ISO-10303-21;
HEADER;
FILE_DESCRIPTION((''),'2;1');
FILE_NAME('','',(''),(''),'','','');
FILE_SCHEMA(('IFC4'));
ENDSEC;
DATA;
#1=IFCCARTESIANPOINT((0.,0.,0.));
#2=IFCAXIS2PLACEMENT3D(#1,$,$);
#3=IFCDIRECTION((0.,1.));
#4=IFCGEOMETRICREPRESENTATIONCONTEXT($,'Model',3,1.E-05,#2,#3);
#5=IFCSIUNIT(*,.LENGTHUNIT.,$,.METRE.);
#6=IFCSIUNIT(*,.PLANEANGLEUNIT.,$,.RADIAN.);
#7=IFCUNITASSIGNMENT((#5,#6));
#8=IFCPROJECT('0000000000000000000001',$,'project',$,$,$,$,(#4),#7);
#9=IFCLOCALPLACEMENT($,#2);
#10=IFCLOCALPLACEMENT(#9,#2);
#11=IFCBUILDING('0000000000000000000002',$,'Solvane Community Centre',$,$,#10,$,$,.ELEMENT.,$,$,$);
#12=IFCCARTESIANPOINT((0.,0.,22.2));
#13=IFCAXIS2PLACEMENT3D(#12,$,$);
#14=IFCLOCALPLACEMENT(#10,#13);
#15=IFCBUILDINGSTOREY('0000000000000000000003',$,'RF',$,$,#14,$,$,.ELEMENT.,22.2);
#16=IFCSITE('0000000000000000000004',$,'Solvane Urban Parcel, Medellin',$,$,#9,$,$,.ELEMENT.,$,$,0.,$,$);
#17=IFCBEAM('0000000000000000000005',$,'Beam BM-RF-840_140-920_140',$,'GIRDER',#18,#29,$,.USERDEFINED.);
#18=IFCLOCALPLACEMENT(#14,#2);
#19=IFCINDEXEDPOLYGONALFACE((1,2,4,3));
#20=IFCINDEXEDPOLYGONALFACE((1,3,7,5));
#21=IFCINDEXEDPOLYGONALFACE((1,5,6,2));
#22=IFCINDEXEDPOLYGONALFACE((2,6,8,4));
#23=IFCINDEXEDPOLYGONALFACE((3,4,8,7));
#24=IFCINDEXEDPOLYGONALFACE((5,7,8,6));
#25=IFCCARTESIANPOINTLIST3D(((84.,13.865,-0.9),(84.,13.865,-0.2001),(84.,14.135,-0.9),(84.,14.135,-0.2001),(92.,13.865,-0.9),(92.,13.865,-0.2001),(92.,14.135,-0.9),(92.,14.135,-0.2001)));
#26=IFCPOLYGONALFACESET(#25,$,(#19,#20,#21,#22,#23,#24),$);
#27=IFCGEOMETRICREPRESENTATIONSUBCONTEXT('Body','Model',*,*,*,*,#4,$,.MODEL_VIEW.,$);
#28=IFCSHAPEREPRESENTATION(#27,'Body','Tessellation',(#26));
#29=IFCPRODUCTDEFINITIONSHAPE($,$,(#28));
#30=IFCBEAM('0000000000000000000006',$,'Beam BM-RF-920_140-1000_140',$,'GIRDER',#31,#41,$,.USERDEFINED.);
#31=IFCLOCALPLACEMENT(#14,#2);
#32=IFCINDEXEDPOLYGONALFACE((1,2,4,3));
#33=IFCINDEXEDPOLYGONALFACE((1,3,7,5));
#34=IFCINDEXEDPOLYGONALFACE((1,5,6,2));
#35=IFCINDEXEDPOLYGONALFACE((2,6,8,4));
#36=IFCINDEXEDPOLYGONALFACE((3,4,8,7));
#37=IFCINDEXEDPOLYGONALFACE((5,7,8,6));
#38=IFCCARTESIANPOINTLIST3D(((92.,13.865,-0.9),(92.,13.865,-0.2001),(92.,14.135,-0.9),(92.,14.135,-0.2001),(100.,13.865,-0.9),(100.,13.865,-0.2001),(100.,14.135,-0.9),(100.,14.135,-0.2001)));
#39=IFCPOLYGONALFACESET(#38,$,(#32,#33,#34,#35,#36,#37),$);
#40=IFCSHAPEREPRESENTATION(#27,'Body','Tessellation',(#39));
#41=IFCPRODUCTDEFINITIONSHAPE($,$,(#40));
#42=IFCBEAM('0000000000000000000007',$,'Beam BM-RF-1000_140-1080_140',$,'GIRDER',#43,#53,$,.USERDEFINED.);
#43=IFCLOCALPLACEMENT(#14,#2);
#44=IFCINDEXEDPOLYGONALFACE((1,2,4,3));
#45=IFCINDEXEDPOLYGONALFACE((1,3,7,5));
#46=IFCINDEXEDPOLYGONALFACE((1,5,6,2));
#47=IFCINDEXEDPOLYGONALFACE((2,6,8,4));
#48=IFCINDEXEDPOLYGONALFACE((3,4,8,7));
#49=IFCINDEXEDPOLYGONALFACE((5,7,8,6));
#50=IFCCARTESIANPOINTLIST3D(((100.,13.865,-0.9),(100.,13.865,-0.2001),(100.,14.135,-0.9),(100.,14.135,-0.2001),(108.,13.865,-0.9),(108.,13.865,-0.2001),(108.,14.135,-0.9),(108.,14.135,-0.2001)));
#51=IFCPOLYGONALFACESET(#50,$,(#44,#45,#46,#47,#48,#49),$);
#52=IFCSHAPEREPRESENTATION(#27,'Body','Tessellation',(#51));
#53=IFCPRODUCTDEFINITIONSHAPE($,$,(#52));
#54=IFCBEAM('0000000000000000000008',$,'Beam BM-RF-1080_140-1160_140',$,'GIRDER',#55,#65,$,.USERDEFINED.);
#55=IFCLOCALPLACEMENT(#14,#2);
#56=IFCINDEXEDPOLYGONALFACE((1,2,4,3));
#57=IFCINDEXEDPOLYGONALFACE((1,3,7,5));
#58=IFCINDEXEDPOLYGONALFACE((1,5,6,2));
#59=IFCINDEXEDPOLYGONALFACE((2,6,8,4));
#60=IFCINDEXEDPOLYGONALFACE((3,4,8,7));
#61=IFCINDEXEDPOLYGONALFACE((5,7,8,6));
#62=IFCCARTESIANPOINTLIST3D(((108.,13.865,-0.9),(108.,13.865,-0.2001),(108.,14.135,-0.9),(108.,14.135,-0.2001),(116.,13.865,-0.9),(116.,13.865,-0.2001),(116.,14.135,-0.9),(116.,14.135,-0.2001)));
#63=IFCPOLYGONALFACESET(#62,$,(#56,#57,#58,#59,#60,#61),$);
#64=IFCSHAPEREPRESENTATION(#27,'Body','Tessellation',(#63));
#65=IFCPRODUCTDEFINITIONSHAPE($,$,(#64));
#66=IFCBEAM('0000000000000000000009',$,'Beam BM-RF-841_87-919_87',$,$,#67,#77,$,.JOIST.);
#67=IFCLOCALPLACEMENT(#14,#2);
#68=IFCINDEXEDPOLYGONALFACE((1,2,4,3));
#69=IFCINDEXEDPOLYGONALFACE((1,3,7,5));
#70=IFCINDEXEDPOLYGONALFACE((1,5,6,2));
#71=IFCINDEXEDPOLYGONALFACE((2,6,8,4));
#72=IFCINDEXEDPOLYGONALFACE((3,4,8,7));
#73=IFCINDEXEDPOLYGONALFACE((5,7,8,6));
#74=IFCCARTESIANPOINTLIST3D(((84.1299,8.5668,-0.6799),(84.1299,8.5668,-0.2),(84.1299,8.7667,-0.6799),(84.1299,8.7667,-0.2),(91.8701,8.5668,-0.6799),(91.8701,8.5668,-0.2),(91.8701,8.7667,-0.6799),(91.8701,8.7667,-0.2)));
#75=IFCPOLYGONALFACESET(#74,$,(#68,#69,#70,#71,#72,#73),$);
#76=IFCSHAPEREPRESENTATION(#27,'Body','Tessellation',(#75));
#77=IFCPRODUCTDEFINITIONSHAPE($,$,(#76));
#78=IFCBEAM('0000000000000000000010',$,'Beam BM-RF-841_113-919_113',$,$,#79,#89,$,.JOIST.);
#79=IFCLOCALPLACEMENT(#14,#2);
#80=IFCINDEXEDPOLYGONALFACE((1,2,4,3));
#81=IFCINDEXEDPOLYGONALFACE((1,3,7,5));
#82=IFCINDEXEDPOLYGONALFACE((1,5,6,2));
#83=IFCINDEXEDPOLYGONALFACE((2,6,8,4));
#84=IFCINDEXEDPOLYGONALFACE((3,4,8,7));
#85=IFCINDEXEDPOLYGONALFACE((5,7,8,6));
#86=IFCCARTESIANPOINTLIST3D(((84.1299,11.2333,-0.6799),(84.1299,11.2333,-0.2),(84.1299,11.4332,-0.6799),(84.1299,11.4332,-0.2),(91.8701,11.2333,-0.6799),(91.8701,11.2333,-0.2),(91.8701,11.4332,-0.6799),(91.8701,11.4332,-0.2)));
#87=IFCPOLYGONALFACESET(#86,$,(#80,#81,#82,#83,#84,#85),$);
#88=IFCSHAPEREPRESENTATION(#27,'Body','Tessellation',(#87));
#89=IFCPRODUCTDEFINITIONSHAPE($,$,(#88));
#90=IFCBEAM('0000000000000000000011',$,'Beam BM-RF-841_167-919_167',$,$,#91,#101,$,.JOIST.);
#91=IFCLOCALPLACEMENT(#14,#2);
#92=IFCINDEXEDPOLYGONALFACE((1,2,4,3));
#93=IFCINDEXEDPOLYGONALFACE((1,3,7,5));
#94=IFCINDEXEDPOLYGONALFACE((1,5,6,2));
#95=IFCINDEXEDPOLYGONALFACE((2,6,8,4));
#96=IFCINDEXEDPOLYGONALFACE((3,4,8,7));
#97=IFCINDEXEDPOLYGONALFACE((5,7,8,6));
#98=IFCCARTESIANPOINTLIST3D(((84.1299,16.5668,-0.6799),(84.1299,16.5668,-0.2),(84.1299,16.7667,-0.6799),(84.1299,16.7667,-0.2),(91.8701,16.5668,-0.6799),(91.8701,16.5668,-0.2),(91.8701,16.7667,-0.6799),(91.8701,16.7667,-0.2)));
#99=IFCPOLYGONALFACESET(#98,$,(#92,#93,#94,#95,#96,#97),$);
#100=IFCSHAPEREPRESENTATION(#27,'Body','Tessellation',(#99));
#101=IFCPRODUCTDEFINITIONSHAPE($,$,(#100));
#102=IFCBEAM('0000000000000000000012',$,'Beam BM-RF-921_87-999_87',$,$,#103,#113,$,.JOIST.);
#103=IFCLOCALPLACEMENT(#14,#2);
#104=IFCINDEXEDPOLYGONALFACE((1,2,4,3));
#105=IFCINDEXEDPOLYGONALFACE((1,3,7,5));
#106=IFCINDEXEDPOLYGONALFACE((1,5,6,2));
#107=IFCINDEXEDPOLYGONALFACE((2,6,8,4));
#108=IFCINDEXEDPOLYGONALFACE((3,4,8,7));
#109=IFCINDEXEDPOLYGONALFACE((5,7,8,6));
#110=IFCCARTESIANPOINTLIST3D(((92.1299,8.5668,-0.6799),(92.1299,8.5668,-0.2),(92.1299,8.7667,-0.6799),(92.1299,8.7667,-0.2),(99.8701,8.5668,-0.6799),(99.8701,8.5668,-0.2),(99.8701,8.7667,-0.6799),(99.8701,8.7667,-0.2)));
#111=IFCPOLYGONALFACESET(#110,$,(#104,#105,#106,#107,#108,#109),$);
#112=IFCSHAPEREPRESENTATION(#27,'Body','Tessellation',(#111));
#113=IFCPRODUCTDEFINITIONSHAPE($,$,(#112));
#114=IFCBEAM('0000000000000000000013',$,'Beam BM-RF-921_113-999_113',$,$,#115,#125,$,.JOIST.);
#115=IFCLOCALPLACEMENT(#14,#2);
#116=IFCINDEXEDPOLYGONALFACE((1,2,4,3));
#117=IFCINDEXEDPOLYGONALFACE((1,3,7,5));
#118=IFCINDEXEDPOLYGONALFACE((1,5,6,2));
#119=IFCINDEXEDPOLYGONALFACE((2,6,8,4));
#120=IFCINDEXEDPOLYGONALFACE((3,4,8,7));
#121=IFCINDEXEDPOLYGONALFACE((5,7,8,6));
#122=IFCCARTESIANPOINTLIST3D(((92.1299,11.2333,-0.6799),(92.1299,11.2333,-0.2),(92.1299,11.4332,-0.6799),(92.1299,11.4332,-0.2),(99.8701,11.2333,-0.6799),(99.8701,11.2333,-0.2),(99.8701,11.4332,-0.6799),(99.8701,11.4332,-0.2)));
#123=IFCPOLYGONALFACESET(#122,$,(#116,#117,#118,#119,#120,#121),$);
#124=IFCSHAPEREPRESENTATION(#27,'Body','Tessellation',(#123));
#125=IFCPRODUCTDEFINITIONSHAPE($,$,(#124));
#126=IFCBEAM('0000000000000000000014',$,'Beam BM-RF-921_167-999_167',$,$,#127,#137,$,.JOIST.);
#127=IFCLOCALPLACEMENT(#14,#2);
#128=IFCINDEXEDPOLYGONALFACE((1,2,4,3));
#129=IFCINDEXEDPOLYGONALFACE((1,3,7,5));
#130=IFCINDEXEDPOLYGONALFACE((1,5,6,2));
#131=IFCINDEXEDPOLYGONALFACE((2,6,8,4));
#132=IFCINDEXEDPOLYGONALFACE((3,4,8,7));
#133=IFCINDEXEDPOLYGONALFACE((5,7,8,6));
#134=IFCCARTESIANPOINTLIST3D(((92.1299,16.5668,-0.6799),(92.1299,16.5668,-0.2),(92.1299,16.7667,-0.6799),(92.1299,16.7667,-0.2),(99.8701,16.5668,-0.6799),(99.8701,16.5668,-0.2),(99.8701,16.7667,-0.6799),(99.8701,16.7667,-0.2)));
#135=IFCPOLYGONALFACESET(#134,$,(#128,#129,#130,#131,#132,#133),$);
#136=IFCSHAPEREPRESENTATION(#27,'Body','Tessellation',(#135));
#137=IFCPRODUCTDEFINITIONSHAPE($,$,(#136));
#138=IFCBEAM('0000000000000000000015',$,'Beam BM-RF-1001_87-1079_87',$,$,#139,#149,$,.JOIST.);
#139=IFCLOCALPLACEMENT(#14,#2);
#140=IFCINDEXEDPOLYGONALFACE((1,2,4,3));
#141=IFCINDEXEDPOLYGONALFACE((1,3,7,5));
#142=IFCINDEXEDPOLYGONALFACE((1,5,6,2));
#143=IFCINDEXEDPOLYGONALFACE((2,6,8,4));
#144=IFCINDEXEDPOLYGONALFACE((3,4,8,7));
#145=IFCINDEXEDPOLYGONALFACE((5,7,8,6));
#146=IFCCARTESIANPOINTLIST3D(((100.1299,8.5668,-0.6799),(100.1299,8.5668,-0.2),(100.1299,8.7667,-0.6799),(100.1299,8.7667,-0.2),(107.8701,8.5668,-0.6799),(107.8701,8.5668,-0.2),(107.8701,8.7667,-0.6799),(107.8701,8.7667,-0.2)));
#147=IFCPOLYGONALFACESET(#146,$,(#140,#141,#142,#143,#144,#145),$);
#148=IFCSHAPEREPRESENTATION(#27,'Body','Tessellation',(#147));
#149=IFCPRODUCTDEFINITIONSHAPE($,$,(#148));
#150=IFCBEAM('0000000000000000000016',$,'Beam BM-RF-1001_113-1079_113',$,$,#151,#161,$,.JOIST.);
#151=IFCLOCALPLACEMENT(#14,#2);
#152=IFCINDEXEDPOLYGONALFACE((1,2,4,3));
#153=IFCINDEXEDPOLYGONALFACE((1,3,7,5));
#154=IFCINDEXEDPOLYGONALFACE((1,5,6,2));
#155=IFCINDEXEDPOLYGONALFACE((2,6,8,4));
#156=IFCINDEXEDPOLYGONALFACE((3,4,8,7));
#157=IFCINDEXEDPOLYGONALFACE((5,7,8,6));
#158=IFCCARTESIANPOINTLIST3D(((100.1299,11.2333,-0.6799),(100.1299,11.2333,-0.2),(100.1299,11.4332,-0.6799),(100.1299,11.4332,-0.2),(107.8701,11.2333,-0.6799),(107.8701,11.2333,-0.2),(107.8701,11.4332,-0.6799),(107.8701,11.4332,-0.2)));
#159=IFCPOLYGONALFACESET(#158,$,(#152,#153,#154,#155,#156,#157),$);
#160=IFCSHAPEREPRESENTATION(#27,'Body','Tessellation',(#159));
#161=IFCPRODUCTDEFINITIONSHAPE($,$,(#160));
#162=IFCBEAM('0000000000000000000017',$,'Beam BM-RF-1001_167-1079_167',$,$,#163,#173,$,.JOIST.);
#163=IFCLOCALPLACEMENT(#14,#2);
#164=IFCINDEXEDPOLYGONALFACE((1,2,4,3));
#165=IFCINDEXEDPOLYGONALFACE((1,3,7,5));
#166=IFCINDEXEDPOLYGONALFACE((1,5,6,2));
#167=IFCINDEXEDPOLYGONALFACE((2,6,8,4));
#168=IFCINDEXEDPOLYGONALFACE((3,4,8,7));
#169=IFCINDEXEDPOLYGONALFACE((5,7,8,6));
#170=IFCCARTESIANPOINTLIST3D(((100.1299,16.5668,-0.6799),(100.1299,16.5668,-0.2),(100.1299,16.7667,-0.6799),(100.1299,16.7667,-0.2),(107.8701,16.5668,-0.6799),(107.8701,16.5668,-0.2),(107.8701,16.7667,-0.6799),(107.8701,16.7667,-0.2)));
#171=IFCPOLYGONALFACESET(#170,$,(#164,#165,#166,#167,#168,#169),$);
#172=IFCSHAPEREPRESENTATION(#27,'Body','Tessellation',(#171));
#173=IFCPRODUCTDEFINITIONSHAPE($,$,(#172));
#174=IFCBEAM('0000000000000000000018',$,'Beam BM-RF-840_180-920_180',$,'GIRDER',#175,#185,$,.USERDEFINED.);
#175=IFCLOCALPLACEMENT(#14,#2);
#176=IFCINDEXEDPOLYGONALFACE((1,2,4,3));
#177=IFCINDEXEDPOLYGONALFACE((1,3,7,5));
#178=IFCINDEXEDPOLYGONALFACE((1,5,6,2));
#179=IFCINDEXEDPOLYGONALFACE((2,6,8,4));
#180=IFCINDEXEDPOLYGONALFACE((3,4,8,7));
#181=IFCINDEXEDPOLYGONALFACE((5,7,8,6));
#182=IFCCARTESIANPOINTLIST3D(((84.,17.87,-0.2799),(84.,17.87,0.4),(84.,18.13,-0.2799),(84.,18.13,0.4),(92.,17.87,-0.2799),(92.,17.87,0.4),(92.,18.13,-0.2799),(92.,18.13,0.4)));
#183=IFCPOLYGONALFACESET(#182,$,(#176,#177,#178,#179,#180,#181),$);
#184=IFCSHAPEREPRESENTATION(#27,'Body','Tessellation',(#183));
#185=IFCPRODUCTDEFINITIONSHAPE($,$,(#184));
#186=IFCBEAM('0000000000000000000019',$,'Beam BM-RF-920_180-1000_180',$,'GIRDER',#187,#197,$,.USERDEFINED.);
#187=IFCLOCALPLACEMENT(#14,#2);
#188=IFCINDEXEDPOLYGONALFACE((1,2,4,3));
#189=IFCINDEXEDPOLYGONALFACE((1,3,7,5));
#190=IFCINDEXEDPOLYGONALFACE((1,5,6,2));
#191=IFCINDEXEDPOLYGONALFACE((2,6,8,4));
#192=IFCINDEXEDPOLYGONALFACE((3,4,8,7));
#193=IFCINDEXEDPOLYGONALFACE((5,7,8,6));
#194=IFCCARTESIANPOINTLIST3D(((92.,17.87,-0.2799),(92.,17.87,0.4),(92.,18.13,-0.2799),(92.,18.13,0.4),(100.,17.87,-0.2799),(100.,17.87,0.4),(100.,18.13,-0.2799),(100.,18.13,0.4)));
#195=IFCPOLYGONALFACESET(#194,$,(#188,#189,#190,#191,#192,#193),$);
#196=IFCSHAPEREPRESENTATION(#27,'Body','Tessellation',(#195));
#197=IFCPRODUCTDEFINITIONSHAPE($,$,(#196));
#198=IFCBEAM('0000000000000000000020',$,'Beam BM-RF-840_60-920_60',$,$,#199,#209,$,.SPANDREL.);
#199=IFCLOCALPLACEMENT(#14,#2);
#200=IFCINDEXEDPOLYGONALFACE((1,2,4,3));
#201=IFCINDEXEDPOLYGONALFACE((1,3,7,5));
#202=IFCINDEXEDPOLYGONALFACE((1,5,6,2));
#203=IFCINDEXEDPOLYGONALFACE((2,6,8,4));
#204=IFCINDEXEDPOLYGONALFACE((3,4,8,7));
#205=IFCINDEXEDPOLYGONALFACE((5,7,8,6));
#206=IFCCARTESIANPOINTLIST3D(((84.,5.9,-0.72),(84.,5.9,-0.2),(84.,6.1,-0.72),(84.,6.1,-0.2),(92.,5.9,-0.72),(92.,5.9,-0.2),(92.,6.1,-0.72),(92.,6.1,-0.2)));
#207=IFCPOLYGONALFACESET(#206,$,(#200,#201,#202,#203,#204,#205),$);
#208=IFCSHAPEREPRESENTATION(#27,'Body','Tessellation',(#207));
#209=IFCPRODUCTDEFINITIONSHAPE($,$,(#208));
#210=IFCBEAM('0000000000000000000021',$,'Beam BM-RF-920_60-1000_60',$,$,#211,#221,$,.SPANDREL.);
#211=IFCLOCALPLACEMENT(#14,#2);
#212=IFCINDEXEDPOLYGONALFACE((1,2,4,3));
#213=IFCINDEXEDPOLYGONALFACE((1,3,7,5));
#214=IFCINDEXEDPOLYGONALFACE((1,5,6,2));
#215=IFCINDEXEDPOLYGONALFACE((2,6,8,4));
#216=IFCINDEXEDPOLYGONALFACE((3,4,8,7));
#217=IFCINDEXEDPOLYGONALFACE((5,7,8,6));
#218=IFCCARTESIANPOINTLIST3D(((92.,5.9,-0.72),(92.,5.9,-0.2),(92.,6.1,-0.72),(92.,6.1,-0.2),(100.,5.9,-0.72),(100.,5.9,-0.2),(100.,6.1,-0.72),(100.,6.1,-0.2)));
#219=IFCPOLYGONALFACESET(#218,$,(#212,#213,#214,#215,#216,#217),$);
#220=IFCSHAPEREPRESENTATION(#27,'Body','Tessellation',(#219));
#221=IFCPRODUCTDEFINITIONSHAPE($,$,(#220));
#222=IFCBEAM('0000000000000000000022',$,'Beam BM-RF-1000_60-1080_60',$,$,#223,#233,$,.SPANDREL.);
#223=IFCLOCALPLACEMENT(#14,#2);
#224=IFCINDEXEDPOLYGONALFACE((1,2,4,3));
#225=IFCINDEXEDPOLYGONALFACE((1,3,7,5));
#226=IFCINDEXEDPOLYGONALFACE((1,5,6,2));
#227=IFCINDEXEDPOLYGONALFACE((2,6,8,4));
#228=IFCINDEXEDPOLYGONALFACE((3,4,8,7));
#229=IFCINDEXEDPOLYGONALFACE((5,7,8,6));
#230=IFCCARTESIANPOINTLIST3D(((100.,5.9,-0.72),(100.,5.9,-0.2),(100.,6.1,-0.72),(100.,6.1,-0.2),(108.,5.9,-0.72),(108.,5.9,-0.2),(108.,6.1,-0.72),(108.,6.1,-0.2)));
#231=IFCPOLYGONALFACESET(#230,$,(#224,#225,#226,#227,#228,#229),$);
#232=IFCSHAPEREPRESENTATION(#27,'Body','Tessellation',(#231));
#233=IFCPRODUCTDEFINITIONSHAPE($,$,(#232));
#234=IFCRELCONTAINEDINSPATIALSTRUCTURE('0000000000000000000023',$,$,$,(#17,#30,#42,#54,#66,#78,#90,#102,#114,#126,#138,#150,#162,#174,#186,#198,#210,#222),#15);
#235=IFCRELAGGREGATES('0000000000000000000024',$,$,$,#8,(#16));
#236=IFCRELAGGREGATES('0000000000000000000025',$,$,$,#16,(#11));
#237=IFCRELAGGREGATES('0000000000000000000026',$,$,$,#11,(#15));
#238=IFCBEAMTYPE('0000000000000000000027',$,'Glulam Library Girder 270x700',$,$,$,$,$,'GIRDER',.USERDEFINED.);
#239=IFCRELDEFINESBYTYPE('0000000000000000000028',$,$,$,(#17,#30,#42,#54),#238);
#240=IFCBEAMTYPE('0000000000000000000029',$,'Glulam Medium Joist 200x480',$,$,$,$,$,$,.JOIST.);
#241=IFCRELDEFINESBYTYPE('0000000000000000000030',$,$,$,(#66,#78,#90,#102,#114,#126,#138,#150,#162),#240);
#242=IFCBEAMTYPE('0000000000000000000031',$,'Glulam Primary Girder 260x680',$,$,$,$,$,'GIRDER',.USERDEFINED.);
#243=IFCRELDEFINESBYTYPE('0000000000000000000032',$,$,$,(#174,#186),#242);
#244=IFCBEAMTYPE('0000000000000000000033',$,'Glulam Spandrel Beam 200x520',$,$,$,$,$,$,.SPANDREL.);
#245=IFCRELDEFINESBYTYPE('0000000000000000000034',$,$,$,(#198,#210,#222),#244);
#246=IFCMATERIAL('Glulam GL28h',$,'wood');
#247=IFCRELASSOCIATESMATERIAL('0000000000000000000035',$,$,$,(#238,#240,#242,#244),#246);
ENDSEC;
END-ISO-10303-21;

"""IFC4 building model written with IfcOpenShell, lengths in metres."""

from ifc_helpers import new_model, si_unit, direction, frame, origin, origin_2d, place, context, subcontext, project, spatial, rectangle, extrude, material, material_profile, profile_set, type_object, element, save


model = new_model("IFC4")

# Units and contexts
model_context = context("Model", 3, precision=1e-05, world=origin(), true_north=direction((0.0, 1.0)))
body_context = subcontext(model_context, "Body", "Model", "MODEL_VIEW")
ifc_project = project(units=[si_unit("LENGTHUNIT", "METRE"), si_unit("PLANEANGLEUNIT", "RADIAN")], contexts=[model_context])

# Site, building, storey
site_placement = place(None, origin())
site = spatial("IfcSite", under=ifc_project, at=site_placement, Name="Solvane Urban Parcel, Medellin", CompositionType="ELEMENT", RefElevation=0.0)
building_placement = place(site_placement, origin())
building = spatial("IfcBuilding", under=site, at=building_placement, Name="Solvane Community Centre", CompositionType="ELEMENT")
storey_placement = place(building_placement, frame((0.0, 0.0, 22.2)))
storey = spatial("IfcBuildingStorey", under=building, at=storey_placement, Name="RF", CompositionType="ELEMENT", Elevation=22.2)

# Beams
ifc_material_1 = material(Name="Glulam GL28h", Category="wood")
ifc_material_profile_1 = material_profile(ifc_material_1, rectangle(XDim=0.27, YDim=0.7, at=origin_2d()), Name="GL28h 270x700")
ifc_profile_set_1 = profile_set([ifc_material_profile_1], Name="Glulam GL28h")
beam_type_1 = type_object("IfcBeamType", Name="Glulam Library Girder 270x700", ElementType="GIRDER", PredefinedType="USERDEFINED", material=ifc_profile_set_1)
for number, where, z_axis, x_axis, name in (
    (1, (84.0, 14.0, -0.55), (1.0, 0.0, 0.0), (0.0, 1.0, 0.0), "Beam BM-RF-840_140-920_140"),
    (2, (92.0, 14.0, -0.55), (1.0, 0.0, 0.0), (0.0, 1.0, 0.0), "Beam BM-RF-920_140-1000_140"),
    (3, (100.0, 14.0, -0.55), (1.0, 0.0, 0.0), (0.0, 1.0, 0.0), "Beam BM-RF-1000_140-1080_140"),
    (4, (108.0, 14.0, -0.55), (1.0, 0.0, 0.0), (0.0, 1.0, 0.0), "Beam BM-RF-1080_140-1160_140"),
):
    element("IfcBeam", number, at=place(storey_placement, frame(where, z_axis=z_axis, x_axis=x_axis)), inside=storey, type_object=beam_type_1, Name=name, ObjectType="GIRDER", PredefinedType="USERDEFINED", context=body_context, shape_type="SweptSolid", body=[
        extrude(rectangle(XDim=0.27, YDim=0.7, at=origin_2d()), origin(), (0.0, 0.0, 1.0), 8.0),
    ])
ifc_material_profile_2 = material_profile(ifc_material_1, rectangle(XDim=0.2, YDim=0.48, at=origin_2d()), Name="GL28h 200x480")
ifc_profile_set_2 = profile_set([ifc_material_profile_2], Name="Glulam GL28h")
beam_type_2 = type_object("IfcBeamType", Name="Glulam Medium Joist 200x480", PredefinedType="JOIST", material=ifc_profile_set_2)
for number, where, z_axis, x_axis, name in (
    (5, (84.1299, 8.6667, -0.4399), (1.0, 0.0, 0.0), (0.0, 1.0, 0.0), "Beam BM-RF-841_87-919_87"),
    (6, (84.1299, 11.3333, -0.4399), (1.0, 0.0, 0.0), (0.0, 1.0, 0.0), "Beam BM-RF-841_113-919_113"),
    (7, (84.1299, 16.6667, -0.4399), (1.0, 0.0, 0.0), (0.0, 1.0, 0.0), "Beam BM-RF-841_167-919_167"),
    (8, (92.1299, 8.6667, -0.4399), (1.0, 0.0, 0.0), (0.0, 1.0, 0.0), "Beam BM-RF-921_87-999_87"),
    (9, (92.1299, 11.3333, -0.4399), (1.0, 0.0, 0.0), (0.0, 1.0, 0.0), "Beam BM-RF-921_113-999_113"),
    (10, (92.1299, 16.6667, -0.4399), (1.0, 0.0, 0.0), (0.0, 1.0, 0.0), "Beam BM-RF-921_167-999_167"),
    (11, (100.1299, 8.6667, -0.4399), (1.0, 0.0, 0.0), (0.0, 1.0, 0.0), "Beam BM-RF-1001_87-1079_87"),
    (12, (100.1299, 11.3333, -0.4399), (1.0, 0.0, 0.0), (0.0, 1.0, 0.0), "Beam BM-RF-1001_113-1079_113"),
    (13, (100.1299, 16.6667, -0.4399), (1.0, 0.0, 0.0), (0.0, 1.0, 0.0), "Beam BM-RF-1001_167-1079_167"),
):
    element("IfcBeam", number, at=place(storey_placement, frame(where, z_axis=z_axis, x_axis=x_axis)), inside=storey, type_object=beam_type_2, Name=name, PredefinedType="JOIST", context=body_context, shape_type="SweptSolid", body=[
        extrude(rectangle(XDim=0.2, YDim=0.48, at=origin_2d()), origin(), (0.0, 0.0, 1.0), 7.7402),
    ])
ifc_material_profile_3 = material_profile(ifc_material_1, rectangle(XDim=0.26, YDim=0.6799, at=origin_2d()), Name="GL28h 260x680")
ifc_profile_set_3 = profile_set([ifc_material_profile_3], Name="Glulam GL28h")
beam_type_3 = type_object("IfcBeamType", Name="Glulam Primary Girder 260x680", ElementType="GIRDER", PredefinedType="USERDEFINED", material=ifc_profile_set_3)
for number, where, z_axis, x_axis, name in (
    (14, (84.0, 18.0, 0.0601), (1.0, 0.0, 0.0), (0.0, 1.0, 0.0), "Beam BM-RF-840_180-920_180"),
    (15, (92.0, 18.0, 0.0601), (1.0, 0.0, 0.0), (0.0, 1.0, 0.0), "Beam BM-RF-920_180-1000_180"),
):
    element("IfcBeam", number, at=place(storey_placement, frame(where, z_axis=z_axis, x_axis=x_axis)), inside=storey, type_object=beam_type_3, Name=name, ObjectType="GIRDER", PredefinedType="USERDEFINED", context=body_context, shape_type="SweptSolid", body=[
        extrude(rectangle(XDim=0.26, YDim=0.6799, at=origin_2d()), origin(), (0.0, 0.0, 1.0), 8.0),
    ])
ifc_material_profile_4 = material_profile(ifc_material_1, rectangle(XDim=0.2, YDim=0.52, at=origin_2d()), Name="GL28h 200x520")
ifc_profile_set_4 = profile_set([ifc_material_profile_4], Name="Glulam GL28h")
beam_type_4 = type_object("IfcBeamType", Name="Glulam Spandrel Beam 200x520", PredefinedType="SPANDREL", material=ifc_profile_set_4)
for number, where, z_axis, x_axis, name in (
    (16, (84.0, 6.0, -0.46), (1.0, 0.0, 0.0), (0.0, 1.0, 0.0), "Beam BM-RF-840_60-920_60"),
    (17, (92.0, 6.0, -0.46), (1.0, 0.0, 0.0), (0.0, 1.0, 0.0), "Beam BM-RF-920_60-1000_60"),
    (18, (100.0, 6.0, -0.46), (1.0, 0.0, 0.0), (0.0, 1.0, 0.0), "Beam BM-RF-1000_60-1080_60"),
):
    element("IfcBeam", number, at=place(storey_placement, frame(where, z_axis=z_axis, x_axis=x_axis)), inside=storey, type_object=beam_type_4, Name=name, PredefinedType="SPANDREL", context=body_context, shape_type="SweptSolid", body=[
        extrude(rectangle(XDim=0.2, YDim=0.52, at=origin_2d()), origin(), (0.0, 0.0, 1.0), 8.0),
    ])

save(model, "model.ifc")
